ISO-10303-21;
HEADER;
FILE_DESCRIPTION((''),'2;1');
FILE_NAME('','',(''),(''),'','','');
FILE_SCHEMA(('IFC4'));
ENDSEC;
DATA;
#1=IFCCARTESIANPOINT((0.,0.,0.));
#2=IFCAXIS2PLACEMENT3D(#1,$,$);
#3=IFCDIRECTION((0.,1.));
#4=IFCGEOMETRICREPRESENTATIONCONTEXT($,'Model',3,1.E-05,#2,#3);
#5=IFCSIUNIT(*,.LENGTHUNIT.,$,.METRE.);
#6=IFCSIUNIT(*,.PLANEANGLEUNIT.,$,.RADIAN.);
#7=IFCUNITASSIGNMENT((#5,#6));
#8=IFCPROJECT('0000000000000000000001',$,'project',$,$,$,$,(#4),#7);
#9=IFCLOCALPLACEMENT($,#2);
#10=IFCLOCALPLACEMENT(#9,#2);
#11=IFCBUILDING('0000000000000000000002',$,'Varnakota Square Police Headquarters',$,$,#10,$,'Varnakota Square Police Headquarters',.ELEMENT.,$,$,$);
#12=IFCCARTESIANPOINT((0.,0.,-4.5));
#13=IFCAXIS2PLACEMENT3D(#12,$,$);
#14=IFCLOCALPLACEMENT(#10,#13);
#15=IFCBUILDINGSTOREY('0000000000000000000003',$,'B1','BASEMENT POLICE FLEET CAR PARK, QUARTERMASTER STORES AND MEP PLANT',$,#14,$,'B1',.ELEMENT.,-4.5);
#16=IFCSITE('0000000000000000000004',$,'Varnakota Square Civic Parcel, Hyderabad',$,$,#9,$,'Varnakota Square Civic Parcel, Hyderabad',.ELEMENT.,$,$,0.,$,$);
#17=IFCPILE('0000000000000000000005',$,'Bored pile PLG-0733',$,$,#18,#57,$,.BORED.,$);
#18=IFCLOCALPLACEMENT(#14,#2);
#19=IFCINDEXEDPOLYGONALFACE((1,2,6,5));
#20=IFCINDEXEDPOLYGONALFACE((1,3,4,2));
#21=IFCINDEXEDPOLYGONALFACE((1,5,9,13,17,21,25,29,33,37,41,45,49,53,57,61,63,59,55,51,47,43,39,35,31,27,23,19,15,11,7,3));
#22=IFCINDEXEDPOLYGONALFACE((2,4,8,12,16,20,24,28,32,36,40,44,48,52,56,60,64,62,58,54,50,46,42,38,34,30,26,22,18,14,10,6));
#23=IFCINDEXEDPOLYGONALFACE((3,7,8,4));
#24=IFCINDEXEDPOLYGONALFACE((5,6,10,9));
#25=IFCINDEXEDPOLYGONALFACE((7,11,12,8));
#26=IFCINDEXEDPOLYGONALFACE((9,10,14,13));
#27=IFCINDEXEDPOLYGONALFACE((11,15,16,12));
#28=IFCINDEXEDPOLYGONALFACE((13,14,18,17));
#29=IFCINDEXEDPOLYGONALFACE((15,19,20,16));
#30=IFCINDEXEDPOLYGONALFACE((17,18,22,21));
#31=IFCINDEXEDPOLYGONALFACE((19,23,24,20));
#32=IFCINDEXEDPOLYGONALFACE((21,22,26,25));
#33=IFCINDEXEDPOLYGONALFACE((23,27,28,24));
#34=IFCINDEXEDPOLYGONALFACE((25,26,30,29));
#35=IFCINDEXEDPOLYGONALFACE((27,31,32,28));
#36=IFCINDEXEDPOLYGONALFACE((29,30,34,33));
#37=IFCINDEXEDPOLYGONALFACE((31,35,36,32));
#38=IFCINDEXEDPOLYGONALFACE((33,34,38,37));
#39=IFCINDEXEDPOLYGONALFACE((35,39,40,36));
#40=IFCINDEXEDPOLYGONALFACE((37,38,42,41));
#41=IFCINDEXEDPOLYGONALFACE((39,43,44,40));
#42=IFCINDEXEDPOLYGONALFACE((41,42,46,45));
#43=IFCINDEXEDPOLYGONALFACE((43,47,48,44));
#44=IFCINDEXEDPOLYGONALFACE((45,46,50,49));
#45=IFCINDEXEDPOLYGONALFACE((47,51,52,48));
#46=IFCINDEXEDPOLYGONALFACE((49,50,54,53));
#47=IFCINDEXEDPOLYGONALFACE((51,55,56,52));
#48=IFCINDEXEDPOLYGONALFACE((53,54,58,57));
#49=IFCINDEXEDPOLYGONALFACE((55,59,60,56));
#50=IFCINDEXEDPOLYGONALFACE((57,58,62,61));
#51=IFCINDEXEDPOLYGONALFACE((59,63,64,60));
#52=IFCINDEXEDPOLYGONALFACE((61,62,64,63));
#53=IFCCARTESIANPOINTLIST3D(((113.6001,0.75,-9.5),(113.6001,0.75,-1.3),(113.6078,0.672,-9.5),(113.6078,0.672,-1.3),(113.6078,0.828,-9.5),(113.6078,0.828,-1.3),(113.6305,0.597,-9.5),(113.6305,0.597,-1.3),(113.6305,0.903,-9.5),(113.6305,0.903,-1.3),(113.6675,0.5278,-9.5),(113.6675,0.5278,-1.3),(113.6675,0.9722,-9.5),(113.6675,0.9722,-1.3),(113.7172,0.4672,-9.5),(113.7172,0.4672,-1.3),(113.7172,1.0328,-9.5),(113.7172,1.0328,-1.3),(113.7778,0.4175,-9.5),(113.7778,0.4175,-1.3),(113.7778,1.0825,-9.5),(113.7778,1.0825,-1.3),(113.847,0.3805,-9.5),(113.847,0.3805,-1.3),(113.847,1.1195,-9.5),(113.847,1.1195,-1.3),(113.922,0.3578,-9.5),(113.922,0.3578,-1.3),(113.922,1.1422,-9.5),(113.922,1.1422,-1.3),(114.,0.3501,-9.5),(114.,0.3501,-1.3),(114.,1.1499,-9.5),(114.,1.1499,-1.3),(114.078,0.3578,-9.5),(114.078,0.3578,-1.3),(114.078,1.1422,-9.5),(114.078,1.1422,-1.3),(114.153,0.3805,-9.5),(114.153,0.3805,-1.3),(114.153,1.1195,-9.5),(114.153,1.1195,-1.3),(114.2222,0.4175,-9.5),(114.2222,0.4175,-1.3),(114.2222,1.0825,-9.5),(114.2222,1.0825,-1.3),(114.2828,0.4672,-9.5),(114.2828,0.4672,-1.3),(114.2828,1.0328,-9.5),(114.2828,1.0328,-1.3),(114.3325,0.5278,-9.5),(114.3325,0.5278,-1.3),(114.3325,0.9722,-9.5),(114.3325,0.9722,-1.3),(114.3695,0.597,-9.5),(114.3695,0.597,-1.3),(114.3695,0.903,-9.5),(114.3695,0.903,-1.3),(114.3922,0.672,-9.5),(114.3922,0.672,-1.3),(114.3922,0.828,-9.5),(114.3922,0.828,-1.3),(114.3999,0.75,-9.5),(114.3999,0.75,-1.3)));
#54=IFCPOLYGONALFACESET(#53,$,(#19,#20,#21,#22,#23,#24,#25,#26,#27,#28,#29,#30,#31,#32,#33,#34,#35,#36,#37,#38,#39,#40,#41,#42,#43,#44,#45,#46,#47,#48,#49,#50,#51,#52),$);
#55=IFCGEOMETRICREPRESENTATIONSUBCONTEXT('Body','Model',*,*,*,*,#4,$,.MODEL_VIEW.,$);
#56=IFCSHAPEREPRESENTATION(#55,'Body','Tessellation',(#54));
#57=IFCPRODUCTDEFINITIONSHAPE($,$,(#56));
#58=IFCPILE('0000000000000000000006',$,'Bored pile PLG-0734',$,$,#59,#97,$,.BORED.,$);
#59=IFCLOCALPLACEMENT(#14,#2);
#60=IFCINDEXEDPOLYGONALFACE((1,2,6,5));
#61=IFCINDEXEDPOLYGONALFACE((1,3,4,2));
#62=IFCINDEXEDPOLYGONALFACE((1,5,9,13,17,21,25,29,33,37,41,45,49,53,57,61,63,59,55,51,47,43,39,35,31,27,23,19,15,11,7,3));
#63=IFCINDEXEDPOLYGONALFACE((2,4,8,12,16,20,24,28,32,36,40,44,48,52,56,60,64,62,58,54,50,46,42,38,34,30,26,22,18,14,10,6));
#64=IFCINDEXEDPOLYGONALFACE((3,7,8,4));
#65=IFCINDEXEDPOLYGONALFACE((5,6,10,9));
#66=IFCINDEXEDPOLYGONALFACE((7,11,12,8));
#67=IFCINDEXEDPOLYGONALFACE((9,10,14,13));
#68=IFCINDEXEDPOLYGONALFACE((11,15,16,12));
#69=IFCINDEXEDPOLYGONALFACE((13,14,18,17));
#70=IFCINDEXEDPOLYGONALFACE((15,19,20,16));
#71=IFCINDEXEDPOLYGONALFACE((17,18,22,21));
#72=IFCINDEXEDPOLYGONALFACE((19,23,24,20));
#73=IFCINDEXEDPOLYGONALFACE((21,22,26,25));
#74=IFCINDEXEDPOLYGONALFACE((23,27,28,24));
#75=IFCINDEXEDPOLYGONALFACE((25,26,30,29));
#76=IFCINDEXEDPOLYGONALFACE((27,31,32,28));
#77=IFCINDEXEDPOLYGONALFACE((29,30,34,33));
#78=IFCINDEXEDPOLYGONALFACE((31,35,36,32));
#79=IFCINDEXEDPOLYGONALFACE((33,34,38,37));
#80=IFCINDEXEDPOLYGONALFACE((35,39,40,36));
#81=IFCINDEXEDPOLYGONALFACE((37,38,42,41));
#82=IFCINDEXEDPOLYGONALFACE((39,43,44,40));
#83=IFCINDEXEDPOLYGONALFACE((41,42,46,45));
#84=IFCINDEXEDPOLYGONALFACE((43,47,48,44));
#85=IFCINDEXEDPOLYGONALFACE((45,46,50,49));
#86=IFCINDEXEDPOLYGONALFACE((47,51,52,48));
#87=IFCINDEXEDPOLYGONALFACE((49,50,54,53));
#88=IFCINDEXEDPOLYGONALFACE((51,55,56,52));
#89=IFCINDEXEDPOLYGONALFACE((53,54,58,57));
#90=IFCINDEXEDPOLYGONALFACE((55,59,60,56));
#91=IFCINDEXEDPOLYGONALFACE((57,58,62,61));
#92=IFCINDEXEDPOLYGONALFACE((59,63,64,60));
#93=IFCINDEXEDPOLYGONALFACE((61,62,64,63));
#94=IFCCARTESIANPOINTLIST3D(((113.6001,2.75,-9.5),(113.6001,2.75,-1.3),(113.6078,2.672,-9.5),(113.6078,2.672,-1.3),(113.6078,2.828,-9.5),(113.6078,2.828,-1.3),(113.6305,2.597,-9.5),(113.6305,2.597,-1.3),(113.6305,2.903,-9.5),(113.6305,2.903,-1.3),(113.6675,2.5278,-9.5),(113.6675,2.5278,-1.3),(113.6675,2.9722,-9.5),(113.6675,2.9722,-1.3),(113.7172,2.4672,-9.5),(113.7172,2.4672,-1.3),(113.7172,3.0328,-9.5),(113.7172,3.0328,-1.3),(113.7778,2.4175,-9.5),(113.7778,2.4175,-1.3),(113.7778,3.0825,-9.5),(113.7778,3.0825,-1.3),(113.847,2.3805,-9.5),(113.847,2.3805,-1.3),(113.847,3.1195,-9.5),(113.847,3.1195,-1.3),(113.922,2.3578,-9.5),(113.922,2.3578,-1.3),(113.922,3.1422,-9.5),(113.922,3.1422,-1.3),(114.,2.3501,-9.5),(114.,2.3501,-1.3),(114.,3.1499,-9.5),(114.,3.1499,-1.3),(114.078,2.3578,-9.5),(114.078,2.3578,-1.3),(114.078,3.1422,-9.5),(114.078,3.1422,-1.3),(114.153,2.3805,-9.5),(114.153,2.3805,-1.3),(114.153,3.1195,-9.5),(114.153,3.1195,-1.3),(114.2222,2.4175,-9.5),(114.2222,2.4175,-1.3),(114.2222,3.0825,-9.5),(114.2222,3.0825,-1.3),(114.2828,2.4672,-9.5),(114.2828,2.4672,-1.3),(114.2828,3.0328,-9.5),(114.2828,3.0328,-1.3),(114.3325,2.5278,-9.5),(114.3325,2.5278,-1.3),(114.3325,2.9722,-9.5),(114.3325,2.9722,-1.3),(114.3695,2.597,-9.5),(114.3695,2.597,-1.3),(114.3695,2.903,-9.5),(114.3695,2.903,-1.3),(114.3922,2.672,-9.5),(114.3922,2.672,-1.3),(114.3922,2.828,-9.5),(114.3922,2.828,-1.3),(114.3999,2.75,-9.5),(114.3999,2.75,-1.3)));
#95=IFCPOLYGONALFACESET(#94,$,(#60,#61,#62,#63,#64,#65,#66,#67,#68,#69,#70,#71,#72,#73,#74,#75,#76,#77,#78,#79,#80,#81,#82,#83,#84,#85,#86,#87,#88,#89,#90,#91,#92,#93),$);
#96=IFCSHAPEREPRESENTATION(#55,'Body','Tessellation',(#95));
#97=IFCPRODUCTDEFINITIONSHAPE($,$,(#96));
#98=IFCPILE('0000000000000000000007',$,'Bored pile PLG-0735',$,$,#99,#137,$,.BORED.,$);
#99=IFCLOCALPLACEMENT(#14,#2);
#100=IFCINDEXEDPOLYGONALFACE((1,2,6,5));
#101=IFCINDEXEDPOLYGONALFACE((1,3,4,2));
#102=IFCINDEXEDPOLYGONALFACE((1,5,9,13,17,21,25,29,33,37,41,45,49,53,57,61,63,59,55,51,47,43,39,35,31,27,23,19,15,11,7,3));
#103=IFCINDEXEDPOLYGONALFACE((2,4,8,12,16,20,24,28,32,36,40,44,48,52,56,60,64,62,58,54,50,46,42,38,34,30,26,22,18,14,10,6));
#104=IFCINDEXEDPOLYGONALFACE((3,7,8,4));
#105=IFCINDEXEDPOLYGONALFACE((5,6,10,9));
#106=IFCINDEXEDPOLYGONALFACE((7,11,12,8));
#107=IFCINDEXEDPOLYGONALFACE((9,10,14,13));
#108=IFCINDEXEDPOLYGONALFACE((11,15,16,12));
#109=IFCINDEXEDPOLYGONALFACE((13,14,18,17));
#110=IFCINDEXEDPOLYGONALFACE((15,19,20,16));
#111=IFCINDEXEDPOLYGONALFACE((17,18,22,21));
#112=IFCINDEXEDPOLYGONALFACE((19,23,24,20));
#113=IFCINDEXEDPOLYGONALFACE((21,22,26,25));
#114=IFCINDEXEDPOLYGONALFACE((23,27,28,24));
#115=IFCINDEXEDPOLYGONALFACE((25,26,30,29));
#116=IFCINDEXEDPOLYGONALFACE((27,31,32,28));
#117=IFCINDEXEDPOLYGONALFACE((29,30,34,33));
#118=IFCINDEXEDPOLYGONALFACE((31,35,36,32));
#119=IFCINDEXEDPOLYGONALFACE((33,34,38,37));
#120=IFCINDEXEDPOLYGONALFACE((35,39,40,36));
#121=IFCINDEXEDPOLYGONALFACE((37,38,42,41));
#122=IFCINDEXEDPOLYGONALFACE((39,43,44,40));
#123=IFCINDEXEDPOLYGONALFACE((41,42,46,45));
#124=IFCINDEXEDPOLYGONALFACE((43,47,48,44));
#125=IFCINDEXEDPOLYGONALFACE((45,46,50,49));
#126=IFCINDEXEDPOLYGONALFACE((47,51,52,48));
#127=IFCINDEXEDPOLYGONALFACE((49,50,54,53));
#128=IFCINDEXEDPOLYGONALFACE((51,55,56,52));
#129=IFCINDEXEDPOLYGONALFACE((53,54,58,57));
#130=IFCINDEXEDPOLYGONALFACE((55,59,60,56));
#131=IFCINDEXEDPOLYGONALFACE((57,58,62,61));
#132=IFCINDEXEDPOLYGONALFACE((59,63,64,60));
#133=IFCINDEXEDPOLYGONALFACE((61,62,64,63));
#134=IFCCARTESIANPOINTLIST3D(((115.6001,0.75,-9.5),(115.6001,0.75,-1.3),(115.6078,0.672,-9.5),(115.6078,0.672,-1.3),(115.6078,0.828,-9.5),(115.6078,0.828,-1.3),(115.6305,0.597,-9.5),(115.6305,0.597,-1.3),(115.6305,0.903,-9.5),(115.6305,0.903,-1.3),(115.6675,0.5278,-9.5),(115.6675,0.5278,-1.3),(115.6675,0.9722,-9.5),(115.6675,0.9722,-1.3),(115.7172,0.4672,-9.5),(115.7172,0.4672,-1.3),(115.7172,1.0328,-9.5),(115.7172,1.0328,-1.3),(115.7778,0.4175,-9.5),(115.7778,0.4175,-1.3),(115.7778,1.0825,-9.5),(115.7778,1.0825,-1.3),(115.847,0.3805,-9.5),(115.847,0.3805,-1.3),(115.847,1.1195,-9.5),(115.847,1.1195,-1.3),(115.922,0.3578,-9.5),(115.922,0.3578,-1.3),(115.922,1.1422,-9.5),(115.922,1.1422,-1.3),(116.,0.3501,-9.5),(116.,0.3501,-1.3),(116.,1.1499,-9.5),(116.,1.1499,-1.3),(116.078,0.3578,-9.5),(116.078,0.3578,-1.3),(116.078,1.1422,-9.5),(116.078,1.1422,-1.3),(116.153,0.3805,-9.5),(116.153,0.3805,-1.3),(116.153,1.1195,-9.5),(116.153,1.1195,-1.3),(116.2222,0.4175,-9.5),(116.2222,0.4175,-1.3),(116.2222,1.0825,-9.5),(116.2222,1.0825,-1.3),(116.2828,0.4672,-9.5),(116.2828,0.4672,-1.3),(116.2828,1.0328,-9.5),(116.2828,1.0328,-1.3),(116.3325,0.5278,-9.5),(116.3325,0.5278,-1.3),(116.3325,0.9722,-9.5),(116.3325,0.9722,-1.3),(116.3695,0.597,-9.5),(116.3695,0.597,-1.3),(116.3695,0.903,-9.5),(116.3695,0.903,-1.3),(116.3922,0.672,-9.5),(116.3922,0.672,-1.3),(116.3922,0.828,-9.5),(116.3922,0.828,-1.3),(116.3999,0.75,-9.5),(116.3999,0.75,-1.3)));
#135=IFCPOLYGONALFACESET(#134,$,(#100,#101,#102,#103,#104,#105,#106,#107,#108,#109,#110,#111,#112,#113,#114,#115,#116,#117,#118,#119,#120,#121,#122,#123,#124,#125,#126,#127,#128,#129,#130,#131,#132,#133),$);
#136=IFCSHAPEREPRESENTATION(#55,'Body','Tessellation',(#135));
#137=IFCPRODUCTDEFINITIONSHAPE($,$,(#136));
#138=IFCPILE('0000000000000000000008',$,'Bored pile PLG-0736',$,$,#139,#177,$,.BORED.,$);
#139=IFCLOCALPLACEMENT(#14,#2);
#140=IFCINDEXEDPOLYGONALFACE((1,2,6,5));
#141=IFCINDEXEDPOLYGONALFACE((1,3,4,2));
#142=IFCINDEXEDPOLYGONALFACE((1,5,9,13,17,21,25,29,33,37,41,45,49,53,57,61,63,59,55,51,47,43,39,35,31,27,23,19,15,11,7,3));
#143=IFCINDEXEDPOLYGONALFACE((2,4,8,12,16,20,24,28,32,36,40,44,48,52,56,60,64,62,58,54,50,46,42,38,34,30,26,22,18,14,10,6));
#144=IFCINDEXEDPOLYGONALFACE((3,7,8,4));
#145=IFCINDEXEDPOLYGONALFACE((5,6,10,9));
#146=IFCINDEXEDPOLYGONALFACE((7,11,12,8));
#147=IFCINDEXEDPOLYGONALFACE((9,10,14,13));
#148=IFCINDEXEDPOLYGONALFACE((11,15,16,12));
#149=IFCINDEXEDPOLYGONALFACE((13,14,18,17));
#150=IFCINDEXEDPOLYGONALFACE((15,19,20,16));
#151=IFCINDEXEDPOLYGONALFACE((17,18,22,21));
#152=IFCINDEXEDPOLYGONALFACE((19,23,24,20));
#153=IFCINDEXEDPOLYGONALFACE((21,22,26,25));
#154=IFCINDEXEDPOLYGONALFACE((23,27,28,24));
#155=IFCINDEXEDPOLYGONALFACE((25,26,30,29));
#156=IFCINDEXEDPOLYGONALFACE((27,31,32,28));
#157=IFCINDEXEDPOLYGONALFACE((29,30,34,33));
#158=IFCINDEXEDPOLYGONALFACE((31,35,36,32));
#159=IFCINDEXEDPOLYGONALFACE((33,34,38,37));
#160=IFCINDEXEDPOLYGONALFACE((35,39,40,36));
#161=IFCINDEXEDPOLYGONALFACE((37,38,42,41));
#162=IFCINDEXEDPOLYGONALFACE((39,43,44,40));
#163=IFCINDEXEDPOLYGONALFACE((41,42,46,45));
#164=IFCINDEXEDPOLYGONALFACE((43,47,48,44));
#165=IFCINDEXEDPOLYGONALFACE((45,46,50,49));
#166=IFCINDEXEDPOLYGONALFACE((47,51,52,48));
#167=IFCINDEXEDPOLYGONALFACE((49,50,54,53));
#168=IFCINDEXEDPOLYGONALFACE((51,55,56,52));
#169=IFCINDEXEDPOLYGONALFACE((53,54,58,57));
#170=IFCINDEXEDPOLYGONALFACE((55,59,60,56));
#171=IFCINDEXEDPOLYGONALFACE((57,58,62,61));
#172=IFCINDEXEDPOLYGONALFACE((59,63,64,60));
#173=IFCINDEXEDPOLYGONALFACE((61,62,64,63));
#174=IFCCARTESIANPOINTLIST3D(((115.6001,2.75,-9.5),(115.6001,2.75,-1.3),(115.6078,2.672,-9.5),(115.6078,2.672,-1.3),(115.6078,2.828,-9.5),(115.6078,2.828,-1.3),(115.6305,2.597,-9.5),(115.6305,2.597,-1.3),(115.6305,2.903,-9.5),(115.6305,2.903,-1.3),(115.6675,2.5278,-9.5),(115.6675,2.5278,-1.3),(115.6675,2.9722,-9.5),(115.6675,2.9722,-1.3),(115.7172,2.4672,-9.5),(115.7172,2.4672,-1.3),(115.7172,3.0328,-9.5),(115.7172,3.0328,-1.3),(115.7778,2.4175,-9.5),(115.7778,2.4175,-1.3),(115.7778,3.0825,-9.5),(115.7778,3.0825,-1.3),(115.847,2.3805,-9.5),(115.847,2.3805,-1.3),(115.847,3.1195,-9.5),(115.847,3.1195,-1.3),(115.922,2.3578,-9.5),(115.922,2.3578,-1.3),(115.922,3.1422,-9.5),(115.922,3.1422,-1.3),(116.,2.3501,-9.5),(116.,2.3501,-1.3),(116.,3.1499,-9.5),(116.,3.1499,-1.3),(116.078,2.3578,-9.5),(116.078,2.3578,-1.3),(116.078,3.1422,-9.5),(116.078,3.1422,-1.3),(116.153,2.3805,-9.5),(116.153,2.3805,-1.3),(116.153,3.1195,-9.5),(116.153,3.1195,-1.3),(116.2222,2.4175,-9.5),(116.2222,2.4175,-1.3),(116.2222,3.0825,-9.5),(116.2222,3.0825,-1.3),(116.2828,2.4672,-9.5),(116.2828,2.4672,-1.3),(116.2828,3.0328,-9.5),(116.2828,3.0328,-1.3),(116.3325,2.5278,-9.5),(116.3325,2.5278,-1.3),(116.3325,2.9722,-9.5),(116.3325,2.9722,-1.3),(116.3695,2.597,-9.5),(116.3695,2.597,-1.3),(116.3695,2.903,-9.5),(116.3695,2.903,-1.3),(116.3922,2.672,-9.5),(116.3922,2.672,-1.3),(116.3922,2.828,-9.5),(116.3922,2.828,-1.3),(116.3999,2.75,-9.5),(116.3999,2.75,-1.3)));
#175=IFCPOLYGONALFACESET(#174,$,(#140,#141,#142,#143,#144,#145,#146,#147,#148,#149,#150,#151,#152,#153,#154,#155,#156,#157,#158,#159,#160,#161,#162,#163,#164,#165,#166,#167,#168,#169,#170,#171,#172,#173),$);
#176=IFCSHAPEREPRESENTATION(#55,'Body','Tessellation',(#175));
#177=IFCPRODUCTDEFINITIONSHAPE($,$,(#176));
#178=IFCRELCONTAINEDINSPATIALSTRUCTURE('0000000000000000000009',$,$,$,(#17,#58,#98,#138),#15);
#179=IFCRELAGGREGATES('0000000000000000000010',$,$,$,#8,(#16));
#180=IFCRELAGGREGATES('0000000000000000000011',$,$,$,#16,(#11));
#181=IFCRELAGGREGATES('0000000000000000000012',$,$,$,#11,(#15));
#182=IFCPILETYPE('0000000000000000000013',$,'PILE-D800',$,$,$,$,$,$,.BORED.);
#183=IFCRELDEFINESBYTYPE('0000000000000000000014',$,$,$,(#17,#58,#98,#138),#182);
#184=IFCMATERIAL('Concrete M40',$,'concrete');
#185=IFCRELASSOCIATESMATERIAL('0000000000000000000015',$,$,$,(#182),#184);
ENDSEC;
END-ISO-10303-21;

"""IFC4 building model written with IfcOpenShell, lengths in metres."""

from ifc_helpers import new_model, si_unit, direction, frame, origin, origin_2d, place, context, subcontext, project, spatial, circle, extrude, material, material_profile, profile_set, type_object, element, save


model = new_model("IFC4")

# Units and contexts
model_context = context("Model", 3, precision=1e-05, world=origin(), true_north=direction((0.0, 1.0)))
body_context = subcontext(model_context, "Body", "Model", "MODEL_VIEW")
ifc_project = project(units=[si_unit("LENGTHUNIT", "METRE"), si_unit("PLANEANGLEUNIT", "RADIAN")], contexts=[model_context])

# Site, building, storey
site_placement = place(None, origin())
site = spatial("IfcSite", under=ifc_project, at=site_placement, Name="Varnakota Square Civic Parcel, Hyderabad", LongName="Varnakota Square Civic Parcel, Hyderabad", CompositionType="ELEMENT", RefElevation=0.0)
building_placement = place(site_placement, origin())
building = spatial("IfcBuilding", under=site, at=building_placement, Name="Varnakota Square Police Headquarters", LongName="Varnakota Square Police Headquarters", CompositionType="ELEMENT")
storey_placement = place(building_placement, frame((0.0, 0.0, -4.5)))
storey = spatial("IfcBuildingStorey", under=building, at=storey_placement, Name="B1", Description="BASEMENT POLICE FLEET CAR PARK, QUARTERMASTER STORES AND MEP PLANT", LongName="B1", CompositionType="ELEMENT", Elevation=-4.5)

# Shared definitions
ifc_material_1 = material(Name="Concrete M40", Category="concrete")

# Piles
ifc_material_profile_1 = material_profile(ifc_material_1, circle(Radius=0.3999, at=origin_2d()), Name="BORED PILE 800")
ifc_profile_set_1 = profile_set([ifc_material_profile_1], Name="Concrete M40")
pile_type = type_object("IfcPileType", Name="PILE-D800", PredefinedType="BORED", material=ifc_profile_set_1)
for number, where, z_axis, x_axis, name in (
    (1, (114.0, 0.75, -1.3), (0.0, 0.0, -1.0), (1.0, 0.0, 0.0), "Bored pile PLG-0733"),
    (2, (114.0, 2.75, -1.3), (0.0, 0.0, -1.0), (1.0, 0.0, 0.0), "Bored pile PLG-0734"),
    (3, (116.0, 0.75, -1.3), (0.0, 0.0, -1.0), (1.0, 0.0, 0.0), "Bored pile PLG-0735"),
    (4, (116.0, 2.75, -1.3), (0.0, 0.0, -1.0), (1.0, 0.0, 0.0), "Bored pile PLG-0736"),
):
    element("IfcPile", number, at=place(storey_placement, frame(where, z_axis=z_axis, x_axis=x_axis)), inside=storey, type_object=pile_type, Name=name, PredefinedType="BORED", context=body_context, shape_type="SweptSolid", body=[
        extrude(circle(Radius=0.3999, at=origin_2d()), origin(), (0.0, 0.0, 1.0), 8.2),
    ])

save(model, "model.ifc")
